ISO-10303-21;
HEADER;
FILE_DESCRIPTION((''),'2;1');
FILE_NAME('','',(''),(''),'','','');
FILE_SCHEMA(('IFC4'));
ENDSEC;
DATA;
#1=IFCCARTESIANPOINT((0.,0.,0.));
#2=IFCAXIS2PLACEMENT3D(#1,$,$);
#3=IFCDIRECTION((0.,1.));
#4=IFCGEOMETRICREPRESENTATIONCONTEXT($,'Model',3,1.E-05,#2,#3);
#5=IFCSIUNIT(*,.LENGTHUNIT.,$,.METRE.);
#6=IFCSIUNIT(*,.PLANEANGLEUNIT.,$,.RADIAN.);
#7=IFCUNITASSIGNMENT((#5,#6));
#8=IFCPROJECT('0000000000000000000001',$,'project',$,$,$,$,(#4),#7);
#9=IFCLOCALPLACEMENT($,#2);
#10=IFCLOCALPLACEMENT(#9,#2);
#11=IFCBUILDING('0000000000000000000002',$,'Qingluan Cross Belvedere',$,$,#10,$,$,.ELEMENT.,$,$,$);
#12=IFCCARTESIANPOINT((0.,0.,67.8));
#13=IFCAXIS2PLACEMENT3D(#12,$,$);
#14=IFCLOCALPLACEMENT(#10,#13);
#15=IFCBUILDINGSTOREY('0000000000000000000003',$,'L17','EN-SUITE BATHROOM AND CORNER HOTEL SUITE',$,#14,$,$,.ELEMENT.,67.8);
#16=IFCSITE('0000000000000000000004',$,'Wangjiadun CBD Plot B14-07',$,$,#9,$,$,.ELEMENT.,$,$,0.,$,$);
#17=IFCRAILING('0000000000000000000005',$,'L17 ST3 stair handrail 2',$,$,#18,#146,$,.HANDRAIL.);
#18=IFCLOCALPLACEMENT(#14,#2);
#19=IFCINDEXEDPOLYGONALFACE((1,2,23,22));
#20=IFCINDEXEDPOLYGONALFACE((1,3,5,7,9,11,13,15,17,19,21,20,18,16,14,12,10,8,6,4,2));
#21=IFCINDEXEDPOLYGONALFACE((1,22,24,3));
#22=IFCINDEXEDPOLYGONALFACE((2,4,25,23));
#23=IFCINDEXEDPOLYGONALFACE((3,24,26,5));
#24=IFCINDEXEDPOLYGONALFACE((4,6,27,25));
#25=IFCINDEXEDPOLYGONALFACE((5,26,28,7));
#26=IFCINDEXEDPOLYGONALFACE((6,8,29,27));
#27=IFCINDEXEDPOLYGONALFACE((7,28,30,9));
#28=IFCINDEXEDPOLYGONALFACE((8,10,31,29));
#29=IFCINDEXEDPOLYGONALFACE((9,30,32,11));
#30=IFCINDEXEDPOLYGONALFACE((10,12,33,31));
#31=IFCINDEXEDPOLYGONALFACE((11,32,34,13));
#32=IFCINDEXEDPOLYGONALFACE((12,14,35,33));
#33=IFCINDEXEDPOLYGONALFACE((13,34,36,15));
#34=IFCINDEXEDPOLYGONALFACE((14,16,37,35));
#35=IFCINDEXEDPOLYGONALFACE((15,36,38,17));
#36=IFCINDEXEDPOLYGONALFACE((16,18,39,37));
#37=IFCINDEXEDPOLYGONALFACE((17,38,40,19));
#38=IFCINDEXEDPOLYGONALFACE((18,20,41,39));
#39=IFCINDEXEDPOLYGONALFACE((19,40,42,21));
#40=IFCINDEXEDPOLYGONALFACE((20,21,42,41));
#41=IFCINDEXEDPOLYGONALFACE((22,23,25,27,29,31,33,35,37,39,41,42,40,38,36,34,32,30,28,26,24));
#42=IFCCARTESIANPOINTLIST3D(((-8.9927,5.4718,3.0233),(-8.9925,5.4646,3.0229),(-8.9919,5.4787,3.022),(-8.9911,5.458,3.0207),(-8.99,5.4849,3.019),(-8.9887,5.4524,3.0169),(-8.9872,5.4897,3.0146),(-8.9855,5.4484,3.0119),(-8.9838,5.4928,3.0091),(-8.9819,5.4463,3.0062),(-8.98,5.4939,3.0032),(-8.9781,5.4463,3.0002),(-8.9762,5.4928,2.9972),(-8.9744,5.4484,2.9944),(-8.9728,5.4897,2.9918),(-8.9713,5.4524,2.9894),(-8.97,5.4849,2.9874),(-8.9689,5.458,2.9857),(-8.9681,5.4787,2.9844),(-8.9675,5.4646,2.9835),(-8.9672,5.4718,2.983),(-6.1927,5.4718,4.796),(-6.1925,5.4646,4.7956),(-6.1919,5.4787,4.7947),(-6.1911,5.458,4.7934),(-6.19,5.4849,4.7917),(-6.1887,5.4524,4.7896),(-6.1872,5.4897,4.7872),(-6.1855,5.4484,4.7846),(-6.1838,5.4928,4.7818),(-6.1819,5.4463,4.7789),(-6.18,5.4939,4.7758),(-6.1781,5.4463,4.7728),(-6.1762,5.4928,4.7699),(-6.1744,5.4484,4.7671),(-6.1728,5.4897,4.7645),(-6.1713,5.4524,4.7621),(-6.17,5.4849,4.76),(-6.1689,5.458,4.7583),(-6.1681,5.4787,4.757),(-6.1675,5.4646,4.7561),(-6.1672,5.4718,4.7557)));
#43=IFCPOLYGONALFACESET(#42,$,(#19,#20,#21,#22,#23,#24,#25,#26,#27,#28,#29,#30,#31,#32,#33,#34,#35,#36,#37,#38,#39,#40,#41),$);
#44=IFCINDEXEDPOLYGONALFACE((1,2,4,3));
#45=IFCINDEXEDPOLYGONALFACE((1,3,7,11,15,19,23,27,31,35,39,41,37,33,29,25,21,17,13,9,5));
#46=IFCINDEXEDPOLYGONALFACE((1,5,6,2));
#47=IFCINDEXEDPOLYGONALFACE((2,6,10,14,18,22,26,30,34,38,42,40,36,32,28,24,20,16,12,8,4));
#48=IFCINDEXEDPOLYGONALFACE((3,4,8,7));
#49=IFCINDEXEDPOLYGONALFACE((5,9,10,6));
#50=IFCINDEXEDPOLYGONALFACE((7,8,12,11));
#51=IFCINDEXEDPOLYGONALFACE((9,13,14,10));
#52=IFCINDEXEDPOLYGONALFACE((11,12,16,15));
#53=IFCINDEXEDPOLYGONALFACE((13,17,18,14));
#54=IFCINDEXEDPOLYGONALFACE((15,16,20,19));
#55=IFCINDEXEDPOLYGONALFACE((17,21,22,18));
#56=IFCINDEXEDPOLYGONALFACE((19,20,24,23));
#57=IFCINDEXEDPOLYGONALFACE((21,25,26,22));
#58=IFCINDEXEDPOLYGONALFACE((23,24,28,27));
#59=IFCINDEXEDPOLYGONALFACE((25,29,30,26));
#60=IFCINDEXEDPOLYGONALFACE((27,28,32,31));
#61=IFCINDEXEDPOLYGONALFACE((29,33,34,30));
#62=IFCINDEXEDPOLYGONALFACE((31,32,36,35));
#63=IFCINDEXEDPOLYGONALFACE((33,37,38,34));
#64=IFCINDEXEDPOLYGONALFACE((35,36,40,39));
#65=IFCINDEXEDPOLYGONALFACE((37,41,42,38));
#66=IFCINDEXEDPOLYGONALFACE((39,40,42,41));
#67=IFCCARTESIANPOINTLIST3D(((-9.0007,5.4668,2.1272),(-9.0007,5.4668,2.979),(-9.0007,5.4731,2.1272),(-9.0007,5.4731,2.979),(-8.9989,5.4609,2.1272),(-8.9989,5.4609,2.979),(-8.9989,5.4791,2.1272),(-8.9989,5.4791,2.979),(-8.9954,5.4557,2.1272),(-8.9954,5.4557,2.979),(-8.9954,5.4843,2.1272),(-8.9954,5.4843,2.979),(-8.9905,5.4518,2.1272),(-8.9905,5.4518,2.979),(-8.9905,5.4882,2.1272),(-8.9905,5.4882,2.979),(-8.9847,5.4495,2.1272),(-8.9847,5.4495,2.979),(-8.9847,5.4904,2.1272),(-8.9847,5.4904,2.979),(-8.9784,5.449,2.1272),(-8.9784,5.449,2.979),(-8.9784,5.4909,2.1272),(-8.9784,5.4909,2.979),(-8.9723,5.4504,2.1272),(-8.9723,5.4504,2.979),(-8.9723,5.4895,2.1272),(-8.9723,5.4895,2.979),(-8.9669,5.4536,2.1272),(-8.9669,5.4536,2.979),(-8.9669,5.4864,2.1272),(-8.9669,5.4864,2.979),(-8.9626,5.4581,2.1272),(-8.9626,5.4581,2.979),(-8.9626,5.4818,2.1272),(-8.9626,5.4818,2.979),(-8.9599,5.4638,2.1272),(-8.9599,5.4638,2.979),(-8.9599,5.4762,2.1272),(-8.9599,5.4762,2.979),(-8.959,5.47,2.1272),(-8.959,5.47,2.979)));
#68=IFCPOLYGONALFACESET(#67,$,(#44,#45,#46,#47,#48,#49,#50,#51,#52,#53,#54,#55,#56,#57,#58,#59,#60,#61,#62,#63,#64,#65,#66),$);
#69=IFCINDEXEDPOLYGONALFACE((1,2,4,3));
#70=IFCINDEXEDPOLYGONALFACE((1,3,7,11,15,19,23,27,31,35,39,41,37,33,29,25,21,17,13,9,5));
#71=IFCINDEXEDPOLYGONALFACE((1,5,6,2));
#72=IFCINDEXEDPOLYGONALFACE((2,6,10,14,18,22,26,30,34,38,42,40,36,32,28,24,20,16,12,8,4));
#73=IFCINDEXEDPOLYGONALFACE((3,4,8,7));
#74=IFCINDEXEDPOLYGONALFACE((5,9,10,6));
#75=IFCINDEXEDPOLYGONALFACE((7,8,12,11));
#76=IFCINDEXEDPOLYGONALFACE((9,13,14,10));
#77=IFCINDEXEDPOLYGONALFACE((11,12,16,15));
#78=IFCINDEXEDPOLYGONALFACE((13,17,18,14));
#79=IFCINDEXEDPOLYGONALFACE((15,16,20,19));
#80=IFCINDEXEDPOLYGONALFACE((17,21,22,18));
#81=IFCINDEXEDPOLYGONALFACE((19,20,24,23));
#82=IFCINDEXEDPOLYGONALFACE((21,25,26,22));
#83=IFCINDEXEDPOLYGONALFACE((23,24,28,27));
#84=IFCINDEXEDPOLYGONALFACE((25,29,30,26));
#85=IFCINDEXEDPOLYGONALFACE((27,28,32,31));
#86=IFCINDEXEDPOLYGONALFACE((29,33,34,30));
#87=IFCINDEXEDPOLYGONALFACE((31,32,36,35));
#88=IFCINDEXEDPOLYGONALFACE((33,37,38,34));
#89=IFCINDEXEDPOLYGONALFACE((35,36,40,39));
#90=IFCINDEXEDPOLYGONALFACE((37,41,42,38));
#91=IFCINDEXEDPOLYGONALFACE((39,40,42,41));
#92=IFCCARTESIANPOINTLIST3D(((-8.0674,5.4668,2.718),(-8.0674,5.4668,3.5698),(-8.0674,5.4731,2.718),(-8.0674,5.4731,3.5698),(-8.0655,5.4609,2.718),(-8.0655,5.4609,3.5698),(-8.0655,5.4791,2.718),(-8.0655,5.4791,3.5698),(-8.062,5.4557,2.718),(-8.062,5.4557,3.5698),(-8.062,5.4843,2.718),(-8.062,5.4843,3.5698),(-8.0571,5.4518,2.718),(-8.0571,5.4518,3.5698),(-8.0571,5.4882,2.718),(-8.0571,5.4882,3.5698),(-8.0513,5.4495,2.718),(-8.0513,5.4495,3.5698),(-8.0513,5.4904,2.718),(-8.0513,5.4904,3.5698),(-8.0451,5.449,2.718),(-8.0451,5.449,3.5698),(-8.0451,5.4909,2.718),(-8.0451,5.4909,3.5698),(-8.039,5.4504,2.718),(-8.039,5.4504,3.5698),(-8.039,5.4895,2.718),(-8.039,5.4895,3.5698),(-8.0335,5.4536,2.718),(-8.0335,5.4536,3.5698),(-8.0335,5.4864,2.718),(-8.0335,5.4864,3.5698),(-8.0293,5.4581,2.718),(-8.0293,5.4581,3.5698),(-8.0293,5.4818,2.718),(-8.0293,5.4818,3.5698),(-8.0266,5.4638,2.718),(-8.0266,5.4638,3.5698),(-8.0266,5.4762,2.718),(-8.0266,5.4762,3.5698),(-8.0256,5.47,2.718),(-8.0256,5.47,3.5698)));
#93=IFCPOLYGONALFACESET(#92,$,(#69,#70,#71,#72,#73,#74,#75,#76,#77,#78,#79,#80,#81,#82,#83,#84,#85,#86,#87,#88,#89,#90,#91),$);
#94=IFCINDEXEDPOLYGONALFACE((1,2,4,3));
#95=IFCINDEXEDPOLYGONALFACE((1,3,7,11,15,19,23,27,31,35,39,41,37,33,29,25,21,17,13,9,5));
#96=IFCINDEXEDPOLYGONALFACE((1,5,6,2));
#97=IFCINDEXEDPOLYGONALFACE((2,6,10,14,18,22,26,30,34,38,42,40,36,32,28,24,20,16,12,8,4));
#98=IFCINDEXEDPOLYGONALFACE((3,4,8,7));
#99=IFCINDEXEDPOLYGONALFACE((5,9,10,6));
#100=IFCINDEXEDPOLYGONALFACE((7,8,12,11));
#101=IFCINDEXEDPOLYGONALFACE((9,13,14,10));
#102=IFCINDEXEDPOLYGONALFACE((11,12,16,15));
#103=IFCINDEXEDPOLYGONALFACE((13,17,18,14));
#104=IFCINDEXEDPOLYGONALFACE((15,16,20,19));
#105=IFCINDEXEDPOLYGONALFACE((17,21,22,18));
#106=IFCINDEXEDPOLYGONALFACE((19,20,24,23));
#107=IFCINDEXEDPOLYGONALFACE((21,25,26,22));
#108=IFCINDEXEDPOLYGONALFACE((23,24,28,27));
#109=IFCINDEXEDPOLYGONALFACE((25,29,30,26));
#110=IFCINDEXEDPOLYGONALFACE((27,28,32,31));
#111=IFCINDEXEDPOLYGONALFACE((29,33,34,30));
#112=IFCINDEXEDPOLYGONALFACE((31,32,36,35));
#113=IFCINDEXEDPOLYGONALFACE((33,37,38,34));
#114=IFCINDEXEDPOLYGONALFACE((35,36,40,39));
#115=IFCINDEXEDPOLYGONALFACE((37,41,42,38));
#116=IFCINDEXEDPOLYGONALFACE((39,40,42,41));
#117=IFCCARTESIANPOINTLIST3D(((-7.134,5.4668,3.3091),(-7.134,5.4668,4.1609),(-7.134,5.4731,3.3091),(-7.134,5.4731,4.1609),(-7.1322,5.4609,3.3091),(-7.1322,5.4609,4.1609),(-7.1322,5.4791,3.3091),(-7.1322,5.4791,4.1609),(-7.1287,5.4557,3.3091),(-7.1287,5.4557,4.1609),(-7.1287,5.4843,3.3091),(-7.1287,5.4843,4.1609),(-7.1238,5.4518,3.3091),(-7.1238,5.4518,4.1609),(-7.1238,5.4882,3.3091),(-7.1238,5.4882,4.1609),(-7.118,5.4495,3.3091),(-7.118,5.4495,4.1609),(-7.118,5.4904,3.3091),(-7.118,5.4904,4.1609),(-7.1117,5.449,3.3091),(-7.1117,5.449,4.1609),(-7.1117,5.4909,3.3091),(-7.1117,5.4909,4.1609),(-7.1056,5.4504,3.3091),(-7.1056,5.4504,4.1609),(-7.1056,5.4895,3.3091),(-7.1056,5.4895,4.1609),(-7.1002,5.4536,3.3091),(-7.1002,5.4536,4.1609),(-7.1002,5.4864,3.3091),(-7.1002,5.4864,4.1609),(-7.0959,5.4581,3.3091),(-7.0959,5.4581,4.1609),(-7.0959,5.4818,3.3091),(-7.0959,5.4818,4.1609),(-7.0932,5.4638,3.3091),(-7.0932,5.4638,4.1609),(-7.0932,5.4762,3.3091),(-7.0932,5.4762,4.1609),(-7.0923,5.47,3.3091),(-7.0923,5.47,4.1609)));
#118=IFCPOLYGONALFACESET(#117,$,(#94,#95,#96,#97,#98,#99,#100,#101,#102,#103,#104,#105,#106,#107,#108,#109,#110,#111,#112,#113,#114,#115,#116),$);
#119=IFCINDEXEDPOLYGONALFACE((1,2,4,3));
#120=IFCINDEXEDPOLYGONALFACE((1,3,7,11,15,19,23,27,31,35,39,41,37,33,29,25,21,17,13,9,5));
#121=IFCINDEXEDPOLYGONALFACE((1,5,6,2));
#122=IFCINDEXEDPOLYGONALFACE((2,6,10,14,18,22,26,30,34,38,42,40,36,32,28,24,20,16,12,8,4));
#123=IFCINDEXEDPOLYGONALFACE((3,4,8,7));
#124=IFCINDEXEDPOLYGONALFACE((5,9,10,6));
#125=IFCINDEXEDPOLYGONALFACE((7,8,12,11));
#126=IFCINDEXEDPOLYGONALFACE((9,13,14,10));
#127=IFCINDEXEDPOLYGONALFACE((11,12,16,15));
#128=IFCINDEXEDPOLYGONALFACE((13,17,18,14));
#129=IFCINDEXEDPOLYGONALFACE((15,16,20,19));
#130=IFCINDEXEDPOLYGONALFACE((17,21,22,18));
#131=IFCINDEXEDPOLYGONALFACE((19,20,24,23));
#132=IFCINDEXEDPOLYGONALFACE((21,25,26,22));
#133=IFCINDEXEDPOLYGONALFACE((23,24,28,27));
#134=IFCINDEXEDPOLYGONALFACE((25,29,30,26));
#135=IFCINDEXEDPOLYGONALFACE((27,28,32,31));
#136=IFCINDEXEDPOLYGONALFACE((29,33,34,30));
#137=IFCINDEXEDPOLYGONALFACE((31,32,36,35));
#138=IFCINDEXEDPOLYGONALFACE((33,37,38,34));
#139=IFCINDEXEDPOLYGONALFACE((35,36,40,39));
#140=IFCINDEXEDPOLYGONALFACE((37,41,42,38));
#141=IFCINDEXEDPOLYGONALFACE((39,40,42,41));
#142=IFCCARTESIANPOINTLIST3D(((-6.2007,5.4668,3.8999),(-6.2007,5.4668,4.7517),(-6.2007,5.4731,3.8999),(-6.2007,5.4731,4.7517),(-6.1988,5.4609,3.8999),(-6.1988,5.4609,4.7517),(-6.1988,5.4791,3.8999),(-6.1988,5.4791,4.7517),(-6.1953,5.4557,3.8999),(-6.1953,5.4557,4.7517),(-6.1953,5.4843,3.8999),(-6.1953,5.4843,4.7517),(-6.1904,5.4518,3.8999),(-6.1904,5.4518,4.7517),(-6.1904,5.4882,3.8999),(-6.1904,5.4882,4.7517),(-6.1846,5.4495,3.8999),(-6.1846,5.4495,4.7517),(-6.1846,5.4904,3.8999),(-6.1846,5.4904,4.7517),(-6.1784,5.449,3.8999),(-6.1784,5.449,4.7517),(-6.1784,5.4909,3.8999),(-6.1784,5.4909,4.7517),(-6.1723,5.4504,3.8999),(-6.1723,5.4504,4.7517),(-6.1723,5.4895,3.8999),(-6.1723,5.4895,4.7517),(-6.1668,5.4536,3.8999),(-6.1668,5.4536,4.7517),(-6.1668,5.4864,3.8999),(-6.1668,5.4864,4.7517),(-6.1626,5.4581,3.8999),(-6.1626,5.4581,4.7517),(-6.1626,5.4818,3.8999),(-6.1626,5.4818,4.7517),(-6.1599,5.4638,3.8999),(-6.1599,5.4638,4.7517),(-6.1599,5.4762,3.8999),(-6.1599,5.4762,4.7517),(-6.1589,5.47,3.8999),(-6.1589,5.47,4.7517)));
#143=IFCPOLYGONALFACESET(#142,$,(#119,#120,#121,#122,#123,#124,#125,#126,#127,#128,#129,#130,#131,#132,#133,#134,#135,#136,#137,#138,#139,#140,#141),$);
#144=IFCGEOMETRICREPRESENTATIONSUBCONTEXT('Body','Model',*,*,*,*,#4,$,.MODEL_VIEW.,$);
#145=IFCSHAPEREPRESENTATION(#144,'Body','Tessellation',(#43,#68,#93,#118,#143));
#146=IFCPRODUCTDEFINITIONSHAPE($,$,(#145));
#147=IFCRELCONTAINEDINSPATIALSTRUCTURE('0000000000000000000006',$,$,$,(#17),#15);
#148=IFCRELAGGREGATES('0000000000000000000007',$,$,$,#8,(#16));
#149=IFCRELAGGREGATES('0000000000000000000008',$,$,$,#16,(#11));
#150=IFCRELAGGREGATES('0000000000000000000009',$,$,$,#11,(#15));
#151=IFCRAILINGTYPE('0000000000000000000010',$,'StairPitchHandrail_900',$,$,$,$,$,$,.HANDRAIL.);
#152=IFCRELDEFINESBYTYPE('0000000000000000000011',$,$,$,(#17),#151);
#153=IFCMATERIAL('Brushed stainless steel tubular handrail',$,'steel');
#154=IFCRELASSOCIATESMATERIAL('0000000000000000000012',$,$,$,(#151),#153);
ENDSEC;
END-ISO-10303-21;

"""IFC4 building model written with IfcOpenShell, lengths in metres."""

from ifc_helpers import new_model, si_unit, direction, frame, origin, origin_2d, place, context, subcontext, project, spatial, circle, extrude, material, type_object, element, save


model = new_model("IFC4")

# Units and contexts
model_context = context("Model", 3, precision=1e-05, world=origin(), true_north=direction((0.0, 1.0)))
body_context = subcontext(model_context, "Body", "Model", "MODEL_VIEW")
ifc_project = project(units=[si_unit("LENGTHUNIT", "METRE"), si_unit("PLANEANGLEUNIT", "RADIAN")], contexts=[model_context])

# Site, building, storey
site_placement = place(None, origin())
site = spatial("IfcSite", under=ifc_project, at=site_placement, Name="Wangjiadun CBD Plot B14-07", CompositionType="ELEMENT", RefElevation=0.0)
building_placement = place(site_placement, origin())
building = spatial("IfcBuilding", under=site, at=building_placement, Name="Qingluan Cross Belvedere", CompositionType="ELEMENT")
storey_placement = place(building_placement, frame((0.0, 0.0, 67.8)))
storey = spatial("IfcBuildingStorey", under=building, at=storey_placement, Name="L17", Description="EN-SUITE BATHROOM AND CORNER HOTEL SUITE", CompositionType="ELEMENT", Elevation=67.8)

# Railing
ifc_material_1 = material(Name="Brushed stainless steel tubular handrail", Category="steel")
railing_type_1 = type_object("IfcRailingType", Name="StairPitchHandrail_900", PredefinedType="HANDRAIL", material=ifc_material_1)
railing_1_placement = place(storey_placement, frame((-8.98, 5.47, 2.1272)))
element("IfcRailing", 1, at=railing_1_placement, inside=storey, type_object=railing_type_1, Name="L17 ST3 stair handrail 2", PredefinedType="HANDRAIL", context=body_context, shape_type="SweptSolid", body=[
    extrude(circle(Radius=0.0239, at=origin_2d()), frame((0.0, 0.0, 0.876), z_axis=(0.844909, 0.0, 0.53491), x_axis=(0.0, 1.0, 0.0)), (0.0, 0.0, 1.0), 3.314),
    extrude(circle(Radius=0.021, at=origin_2d()), origin(), (0.0, 0.0, 1.0), 0.8518),
    extrude(circle(Radius=0.021, at=origin_2d()), frame((0.9333, 0.0, 0.5908)), (0.0, 0.0, 1.0), 0.8518),
    extrude(circle(Radius=0.021, at=origin_2d()), frame((1.8667, 0.0, 1.1819)), (0.0, 0.0, 1.0), 0.8518),
    extrude(circle(Radius=0.021, at=origin_2d()), frame((2.8, 0.0, 1.7727)), (0.0, 0.0, 1.0), 0.8518),
])

save(model, "model.ifc")
